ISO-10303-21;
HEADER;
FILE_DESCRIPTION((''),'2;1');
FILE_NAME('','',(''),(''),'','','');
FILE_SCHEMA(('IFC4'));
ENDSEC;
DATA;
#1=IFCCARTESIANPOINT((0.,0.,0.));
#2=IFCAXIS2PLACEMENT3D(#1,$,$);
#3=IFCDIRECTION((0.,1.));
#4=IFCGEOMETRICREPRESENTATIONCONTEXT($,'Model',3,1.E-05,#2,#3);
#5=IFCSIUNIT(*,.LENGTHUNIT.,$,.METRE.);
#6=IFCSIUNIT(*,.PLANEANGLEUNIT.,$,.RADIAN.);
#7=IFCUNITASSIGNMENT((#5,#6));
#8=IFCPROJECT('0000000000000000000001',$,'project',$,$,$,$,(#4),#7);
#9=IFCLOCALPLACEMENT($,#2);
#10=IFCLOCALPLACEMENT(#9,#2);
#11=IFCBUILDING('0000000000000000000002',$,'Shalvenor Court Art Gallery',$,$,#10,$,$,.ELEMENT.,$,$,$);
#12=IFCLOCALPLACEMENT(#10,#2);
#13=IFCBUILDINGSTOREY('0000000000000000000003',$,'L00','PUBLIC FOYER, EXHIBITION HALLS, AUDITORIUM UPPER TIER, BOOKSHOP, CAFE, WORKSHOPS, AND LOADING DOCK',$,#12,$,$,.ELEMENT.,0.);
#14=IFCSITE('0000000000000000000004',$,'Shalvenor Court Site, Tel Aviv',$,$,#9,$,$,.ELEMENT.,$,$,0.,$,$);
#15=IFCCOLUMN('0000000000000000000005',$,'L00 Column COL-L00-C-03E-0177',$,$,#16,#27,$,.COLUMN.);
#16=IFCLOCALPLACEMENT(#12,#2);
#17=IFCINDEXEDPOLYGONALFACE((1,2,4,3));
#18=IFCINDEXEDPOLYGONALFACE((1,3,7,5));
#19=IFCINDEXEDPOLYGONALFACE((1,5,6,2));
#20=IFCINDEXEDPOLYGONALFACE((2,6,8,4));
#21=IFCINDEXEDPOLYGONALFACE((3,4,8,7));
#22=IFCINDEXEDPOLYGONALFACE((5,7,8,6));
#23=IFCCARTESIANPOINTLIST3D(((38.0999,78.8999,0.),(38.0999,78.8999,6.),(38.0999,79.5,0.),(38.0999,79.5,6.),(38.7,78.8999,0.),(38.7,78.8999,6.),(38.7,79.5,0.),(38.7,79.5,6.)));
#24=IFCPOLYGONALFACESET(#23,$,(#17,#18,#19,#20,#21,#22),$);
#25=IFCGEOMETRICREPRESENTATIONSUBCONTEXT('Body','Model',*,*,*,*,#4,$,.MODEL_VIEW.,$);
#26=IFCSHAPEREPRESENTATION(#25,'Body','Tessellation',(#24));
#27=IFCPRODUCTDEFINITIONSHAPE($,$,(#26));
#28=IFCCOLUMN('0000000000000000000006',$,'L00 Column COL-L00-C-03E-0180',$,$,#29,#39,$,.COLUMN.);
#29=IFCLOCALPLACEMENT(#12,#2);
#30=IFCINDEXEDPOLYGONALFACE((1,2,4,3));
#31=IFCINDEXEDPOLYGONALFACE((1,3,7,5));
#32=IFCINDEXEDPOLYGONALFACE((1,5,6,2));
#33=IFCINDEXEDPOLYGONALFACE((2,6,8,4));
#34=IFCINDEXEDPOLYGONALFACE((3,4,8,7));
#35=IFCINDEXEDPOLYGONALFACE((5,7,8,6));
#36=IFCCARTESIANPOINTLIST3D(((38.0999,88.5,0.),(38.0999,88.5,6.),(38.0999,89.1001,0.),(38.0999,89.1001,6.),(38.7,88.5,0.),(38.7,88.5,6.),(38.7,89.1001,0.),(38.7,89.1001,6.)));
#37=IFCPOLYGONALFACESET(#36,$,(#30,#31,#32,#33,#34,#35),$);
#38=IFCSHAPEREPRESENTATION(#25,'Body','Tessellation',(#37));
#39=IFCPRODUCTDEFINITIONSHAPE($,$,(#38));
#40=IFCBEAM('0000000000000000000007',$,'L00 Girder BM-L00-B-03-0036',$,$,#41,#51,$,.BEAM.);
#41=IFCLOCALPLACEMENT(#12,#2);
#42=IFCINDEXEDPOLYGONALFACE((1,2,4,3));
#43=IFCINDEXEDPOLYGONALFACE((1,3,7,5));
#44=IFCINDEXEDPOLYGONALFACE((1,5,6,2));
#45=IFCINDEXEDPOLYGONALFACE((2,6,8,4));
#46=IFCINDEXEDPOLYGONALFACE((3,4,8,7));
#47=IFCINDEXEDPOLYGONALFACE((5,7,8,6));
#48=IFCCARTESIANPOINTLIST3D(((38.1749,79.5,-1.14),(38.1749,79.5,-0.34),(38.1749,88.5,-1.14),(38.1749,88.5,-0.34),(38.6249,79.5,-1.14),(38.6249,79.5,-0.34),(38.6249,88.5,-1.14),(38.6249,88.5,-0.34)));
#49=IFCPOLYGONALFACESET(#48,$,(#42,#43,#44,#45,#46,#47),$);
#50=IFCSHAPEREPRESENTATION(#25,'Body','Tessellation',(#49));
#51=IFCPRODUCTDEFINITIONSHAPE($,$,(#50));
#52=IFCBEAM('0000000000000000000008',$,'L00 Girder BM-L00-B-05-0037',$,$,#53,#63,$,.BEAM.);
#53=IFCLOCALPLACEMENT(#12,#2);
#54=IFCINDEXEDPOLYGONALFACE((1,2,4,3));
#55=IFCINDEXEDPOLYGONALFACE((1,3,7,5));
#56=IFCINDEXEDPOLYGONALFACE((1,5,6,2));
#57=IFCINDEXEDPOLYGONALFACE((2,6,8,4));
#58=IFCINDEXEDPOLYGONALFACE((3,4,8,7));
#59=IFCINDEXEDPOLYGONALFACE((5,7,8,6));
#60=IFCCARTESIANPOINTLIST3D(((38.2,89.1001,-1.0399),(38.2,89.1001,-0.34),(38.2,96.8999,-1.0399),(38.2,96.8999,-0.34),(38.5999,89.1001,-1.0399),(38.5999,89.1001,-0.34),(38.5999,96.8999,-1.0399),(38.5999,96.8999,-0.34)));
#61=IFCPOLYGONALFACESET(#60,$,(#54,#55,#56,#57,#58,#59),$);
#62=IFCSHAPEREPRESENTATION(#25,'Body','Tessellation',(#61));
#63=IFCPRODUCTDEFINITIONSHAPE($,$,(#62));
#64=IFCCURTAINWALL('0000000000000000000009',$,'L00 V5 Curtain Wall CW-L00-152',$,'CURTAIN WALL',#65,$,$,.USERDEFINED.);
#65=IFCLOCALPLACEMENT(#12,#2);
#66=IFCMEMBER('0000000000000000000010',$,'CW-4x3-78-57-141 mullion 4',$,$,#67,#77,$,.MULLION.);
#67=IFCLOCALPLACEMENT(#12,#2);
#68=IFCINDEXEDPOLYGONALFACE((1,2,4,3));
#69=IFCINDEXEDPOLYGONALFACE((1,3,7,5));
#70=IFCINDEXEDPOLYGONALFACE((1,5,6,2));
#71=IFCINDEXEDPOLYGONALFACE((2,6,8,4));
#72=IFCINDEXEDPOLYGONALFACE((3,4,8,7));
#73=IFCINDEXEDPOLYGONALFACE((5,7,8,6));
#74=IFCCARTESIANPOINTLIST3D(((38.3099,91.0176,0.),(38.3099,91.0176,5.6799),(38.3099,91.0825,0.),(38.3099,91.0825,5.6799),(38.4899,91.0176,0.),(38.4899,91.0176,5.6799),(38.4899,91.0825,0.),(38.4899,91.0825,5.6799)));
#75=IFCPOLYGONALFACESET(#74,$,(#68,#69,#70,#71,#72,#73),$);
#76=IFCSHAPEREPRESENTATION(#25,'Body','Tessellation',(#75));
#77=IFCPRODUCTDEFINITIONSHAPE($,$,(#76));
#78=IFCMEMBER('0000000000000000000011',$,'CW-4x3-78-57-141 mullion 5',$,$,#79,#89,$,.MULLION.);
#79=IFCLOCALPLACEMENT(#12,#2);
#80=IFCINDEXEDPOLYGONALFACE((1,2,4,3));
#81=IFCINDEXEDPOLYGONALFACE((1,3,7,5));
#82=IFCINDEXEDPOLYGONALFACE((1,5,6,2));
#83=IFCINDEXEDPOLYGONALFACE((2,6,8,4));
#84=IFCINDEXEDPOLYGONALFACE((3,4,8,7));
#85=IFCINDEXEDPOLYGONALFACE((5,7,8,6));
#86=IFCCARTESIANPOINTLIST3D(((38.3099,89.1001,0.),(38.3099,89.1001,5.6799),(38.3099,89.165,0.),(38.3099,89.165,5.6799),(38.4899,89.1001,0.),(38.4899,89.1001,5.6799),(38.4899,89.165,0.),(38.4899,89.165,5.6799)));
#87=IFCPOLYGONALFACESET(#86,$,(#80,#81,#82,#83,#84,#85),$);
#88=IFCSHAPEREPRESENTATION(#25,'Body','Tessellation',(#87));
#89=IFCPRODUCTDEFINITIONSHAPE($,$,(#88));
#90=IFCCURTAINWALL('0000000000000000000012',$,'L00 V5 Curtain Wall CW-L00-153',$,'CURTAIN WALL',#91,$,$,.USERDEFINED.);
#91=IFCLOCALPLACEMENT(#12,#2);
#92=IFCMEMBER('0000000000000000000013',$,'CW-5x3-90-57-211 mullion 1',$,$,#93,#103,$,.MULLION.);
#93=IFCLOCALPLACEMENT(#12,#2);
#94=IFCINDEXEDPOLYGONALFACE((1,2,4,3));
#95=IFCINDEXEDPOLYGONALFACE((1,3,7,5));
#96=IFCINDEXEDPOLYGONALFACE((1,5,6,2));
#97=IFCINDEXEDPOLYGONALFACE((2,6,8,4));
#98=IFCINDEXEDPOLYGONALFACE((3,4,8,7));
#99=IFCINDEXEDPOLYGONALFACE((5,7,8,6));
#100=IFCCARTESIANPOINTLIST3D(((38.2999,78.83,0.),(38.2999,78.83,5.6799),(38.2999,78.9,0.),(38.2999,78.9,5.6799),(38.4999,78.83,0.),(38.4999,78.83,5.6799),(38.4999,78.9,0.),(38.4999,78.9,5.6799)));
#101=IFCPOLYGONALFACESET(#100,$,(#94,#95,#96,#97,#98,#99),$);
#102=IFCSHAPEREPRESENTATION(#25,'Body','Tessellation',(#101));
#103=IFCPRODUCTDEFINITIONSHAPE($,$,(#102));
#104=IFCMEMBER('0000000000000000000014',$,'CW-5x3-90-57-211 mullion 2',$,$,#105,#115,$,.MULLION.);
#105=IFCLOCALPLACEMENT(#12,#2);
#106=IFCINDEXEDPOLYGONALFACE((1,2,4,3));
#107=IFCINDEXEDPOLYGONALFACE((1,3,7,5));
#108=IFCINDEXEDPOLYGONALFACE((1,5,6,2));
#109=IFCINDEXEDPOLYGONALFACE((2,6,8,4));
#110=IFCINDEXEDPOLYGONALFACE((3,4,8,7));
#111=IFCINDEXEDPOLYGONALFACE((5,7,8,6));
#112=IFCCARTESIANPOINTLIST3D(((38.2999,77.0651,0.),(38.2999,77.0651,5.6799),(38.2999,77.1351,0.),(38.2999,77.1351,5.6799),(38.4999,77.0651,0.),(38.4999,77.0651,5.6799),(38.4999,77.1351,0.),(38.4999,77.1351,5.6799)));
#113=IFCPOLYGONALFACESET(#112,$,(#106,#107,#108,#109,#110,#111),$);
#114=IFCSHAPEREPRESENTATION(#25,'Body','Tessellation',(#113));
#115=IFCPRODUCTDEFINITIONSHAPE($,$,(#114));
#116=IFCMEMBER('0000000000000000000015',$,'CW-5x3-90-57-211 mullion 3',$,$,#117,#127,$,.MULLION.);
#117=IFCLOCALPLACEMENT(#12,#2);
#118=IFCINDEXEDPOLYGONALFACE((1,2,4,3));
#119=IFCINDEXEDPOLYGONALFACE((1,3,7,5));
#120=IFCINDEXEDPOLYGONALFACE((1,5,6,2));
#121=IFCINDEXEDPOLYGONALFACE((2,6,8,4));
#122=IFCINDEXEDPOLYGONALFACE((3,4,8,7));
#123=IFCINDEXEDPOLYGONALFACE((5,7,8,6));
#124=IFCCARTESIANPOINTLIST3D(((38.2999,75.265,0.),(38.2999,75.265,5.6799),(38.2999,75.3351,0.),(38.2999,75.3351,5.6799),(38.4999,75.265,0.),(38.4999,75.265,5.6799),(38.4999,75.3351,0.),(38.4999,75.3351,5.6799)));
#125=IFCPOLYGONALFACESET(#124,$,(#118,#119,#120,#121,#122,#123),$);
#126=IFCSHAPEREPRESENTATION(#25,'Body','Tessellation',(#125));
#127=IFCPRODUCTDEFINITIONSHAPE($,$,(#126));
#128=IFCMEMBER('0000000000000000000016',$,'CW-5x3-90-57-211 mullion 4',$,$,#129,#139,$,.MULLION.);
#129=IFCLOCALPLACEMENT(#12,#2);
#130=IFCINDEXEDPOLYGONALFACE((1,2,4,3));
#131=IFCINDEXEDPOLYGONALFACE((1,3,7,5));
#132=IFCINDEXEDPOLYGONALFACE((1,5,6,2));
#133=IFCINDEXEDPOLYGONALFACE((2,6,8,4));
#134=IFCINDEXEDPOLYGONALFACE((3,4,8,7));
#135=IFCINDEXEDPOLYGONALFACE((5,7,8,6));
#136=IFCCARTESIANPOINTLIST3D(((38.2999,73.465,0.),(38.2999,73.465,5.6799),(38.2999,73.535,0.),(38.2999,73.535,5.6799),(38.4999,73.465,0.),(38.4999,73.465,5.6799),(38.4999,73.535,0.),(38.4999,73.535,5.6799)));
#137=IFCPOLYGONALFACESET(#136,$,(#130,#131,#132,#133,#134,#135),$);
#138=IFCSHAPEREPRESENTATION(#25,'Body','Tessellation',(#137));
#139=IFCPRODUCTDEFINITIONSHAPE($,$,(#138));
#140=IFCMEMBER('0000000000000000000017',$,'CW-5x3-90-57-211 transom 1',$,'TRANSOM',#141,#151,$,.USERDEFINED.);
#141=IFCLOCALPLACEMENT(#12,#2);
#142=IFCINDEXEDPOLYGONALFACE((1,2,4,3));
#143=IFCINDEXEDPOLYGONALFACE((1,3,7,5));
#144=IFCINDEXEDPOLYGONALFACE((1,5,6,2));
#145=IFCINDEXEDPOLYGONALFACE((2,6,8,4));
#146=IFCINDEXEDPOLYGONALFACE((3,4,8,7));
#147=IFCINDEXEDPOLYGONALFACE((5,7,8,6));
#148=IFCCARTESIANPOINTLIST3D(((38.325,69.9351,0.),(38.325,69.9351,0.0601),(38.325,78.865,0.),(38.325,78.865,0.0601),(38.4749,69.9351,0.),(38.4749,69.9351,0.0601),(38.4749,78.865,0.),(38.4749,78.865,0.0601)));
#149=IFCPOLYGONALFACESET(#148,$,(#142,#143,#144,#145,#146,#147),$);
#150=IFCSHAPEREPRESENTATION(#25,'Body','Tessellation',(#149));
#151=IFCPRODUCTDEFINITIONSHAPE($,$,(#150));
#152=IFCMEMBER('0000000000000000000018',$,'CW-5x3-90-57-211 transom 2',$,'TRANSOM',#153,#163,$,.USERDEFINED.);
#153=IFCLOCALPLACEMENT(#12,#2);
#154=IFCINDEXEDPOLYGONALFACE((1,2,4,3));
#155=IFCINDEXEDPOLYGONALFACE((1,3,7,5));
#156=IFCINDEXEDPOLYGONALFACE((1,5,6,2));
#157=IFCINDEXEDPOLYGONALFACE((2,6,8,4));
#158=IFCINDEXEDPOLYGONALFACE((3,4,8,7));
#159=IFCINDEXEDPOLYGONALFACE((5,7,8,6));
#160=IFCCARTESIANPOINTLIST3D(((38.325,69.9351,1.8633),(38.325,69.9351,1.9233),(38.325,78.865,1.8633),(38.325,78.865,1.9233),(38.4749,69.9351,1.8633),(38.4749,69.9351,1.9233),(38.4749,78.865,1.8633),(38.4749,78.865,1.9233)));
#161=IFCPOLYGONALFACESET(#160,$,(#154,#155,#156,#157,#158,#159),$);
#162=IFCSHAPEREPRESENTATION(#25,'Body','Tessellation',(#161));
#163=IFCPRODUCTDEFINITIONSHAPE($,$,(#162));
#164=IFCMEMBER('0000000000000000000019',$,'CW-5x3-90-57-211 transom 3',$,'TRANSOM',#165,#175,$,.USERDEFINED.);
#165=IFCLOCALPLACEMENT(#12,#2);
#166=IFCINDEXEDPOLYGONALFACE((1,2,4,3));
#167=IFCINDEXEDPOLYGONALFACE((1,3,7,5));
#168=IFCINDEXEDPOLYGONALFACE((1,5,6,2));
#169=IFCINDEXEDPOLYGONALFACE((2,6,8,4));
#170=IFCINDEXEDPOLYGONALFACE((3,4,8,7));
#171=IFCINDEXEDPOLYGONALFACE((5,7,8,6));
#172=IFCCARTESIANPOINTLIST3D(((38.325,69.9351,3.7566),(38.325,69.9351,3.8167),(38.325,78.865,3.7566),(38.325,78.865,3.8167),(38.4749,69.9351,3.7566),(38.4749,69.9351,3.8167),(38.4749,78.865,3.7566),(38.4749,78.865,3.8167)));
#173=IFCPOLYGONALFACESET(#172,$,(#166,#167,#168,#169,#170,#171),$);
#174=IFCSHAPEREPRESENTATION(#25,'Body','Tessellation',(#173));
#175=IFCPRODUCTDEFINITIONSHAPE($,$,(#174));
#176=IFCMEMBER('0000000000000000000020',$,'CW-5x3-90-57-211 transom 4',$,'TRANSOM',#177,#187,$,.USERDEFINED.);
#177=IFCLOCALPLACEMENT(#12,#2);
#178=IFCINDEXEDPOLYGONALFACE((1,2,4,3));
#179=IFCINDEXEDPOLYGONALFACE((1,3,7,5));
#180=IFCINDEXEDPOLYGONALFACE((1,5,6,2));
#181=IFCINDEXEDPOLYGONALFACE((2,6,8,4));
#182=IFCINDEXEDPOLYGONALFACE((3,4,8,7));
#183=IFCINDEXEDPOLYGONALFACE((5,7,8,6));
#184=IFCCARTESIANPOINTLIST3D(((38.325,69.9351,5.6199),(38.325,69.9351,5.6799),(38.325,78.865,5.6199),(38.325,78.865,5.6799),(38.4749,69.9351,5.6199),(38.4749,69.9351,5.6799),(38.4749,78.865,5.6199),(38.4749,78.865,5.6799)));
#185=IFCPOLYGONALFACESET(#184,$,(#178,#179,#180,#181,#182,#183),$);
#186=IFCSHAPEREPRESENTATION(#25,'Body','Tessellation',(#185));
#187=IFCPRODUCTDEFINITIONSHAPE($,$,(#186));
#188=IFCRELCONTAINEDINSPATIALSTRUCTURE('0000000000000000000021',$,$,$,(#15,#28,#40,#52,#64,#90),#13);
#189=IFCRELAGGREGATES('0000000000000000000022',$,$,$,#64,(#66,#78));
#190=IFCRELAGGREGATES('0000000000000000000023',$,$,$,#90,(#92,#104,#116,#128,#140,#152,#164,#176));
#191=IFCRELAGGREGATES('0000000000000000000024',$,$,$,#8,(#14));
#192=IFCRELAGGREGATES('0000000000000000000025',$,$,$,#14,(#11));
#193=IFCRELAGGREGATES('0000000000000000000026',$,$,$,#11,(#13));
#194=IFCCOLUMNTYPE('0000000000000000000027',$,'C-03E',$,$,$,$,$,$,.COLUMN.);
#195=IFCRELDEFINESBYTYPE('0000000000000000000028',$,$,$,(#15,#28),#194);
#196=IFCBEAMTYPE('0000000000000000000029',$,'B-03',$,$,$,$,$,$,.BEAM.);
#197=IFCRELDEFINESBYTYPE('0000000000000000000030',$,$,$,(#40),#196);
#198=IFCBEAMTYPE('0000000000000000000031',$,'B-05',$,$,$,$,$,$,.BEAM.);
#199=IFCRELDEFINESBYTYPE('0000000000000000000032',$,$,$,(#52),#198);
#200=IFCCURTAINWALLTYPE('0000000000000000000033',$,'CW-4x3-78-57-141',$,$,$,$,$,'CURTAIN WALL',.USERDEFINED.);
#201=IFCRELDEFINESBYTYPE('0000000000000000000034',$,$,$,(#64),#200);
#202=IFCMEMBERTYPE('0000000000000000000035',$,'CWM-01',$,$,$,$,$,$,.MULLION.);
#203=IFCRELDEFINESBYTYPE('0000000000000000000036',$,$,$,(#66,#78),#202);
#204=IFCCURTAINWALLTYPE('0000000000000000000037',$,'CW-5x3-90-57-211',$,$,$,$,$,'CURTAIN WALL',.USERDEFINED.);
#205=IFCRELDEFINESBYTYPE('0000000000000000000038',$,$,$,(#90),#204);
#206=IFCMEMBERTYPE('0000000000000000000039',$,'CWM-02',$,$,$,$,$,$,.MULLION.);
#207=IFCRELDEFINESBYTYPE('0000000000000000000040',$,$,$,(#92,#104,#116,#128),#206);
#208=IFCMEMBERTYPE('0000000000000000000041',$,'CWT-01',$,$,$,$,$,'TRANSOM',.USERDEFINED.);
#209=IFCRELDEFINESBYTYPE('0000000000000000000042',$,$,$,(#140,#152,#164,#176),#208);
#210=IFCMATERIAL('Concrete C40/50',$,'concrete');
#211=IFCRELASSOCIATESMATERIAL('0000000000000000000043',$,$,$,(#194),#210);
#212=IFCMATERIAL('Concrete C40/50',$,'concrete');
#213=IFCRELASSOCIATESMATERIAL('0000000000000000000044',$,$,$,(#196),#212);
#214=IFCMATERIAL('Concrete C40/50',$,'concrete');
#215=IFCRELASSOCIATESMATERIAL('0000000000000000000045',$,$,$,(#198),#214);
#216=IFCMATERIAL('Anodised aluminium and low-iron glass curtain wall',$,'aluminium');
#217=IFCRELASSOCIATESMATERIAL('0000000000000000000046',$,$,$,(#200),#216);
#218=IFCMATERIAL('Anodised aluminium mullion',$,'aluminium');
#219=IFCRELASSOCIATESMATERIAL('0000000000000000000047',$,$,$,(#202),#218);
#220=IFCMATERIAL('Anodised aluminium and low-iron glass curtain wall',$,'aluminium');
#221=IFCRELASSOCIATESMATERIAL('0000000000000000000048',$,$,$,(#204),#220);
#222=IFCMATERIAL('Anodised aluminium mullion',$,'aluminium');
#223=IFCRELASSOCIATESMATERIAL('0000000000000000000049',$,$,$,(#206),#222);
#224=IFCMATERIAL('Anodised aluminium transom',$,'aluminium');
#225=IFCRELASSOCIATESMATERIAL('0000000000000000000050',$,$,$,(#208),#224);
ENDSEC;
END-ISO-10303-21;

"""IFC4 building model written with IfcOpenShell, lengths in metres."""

from ifc_helpers import new_model, si_unit, direction, frame, origin, origin_2d, place, context, subcontext, project, spatial, rectangle, extrude, material, material_profile, profile_set, type_object, element, aggregate, save


model = new_model("IFC4")

# Units and contexts
model_context = context("Model", 3, precision=1e-05, world=origin(), true_north=direction((0.0, 1.0)))
body_context = subcontext(model_context, "Body", "Model", "MODEL_VIEW")
ifc_project = project(units=[si_unit("LENGTHUNIT", "METRE"), si_unit("PLANEANGLEUNIT", "RADIAN")], contexts=[model_context])

# Site, building, storey
site_placement = place(None, origin())
site = spatial("IfcSite", under=ifc_project, at=site_placement, Name="Shalvenor Court Site, Tel Aviv", CompositionType="ELEMENT", RefElevation=0.0)
building_placement = place(site_placement, origin())
building = spatial("IfcBuilding", under=site, at=building_placement, Name="Shalvenor Court Art Gallery", CompositionType="ELEMENT")
storey_placement = place(building_placement, origin())
storey = spatial("IfcBuildingStorey", under=building, at=storey_placement, Name="L00", Description="PUBLIC FOYER, EXHIBITION HALLS, AUDITORIUM UPPER TIER, BOOKSHOP, CAFE, WORKSHOPS, AND LOADING DOCK", CompositionType="ELEMENT", Elevation=0.0)

# Columns
ifc_material_1 = material(Name="Concrete C40/50", Category="concrete")
ifc_material_profile_1 = material_profile(ifc_material_1, rectangle(XDim=0.6001, YDim=0.6001, at=origin_2d()), Name="RC 600x600")
ifc_profile_set_1 = profile_set([ifc_material_profile_1], Name="Concrete C40/50")
column_type = type_object("IfcColumnType", Name="C-03E", PredefinedType="COLUMN", material=ifc_profile_set_1)
for number, where, z_axis, x_axis, name in (
    (1, (38.3999, 79.2, 0.0), (0.0, 0.0, 1.0), (1.0, 0.0, 0.0), "L00 Column COL-L00-C-03E-0177"),
    (2, (38.3999, 88.8, 0.0), (0.0, 0.0, 1.0), (1.0, 0.0, 0.0), "L00 Column COL-L00-C-03E-0180"),
):
    element("IfcColumn", number, at=place(storey_placement, frame(where, z_axis=z_axis, x_axis=x_axis)), inside=storey, type_object=column_type, Name=name, PredefinedType="COLUMN", context=body_context, shape_type="SweptSolid", body=[
        extrude(rectangle(XDim=0.6001, YDim=0.6001, at=origin_2d()), origin(), (0.0, 0.0, 1.0), 6.0),
    ])

# Beams
ifc_material_2 = material(Name="Concrete C40/50", Category="concrete")
ifc_material_profile_2 = material_profile(ifc_material_2, rectangle(XDim=0.45, YDim=0.8, at=origin_2d()), Name="RC 450x800")
ifc_profile_set_2 = profile_set([ifc_material_profile_2], Name="Concrete C40/50")
beam_type_1 = type_object("IfcBeamType", Name="B-03", PredefinedType="BEAM", material=ifc_profile_set_2)
beam_1_placement = place(storey_placement, frame((38.3999, 79.5, -0.74), z_axis=(0.0, 1.0, 0.0), x_axis=(-1.0, 0.0, 0.0)))
element("IfcBeam", 3, at=beam_1_placement, inside=storey, type_object=beam_type_1, Name="L00 Girder BM-L00-B-03-0036", PredefinedType="BEAM", context=body_context, shape_type="SweptSolid", body=[
    extrude(rectangle(XDim=0.45, YDim=0.8, at=origin_2d()), origin(), (0.0, 0.0, 1.0), 9.0),
])
ifc_material_3 = material(Name="Concrete C40/50", Category="concrete")
ifc_material_profile_3 = material_profile(ifc_material_3, rectangle(XDim=0.3999, YDim=0.7, at=origin_2d()), Name="RC 400x700")
ifc_profile_set_3 = profile_set([ifc_material_profile_3], Name="Concrete C40/50")
beam_type_2 = type_object("IfcBeamType", Name="B-05", PredefinedType="BEAM", material=ifc_profile_set_3)
beam_2_placement = place(storey_placement, frame((38.3999, 89.1001, -0.6899), z_axis=(0.0, 1.0, 0.0), x_axis=(-1.0, 0.0, 0.0)))
element("IfcBeam", 4, at=beam_2_placement, inside=storey, type_object=beam_type_2, Name="L00 Girder BM-L00-B-05-0037", PredefinedType="BEAM", context=body_context, shape_type="SweptSolid", body=[
    extrude(rectangle(XDim=0.3999, YDim=0.7, at=origin_2d()), origin(), (0.0, 0.0, 1.0), 7.7998),
])

# Curtain walls, members
ifc_material_4 = material(Name="Anodised aluminium and low-iron glass curtain wall", Category="aluminium")
curtain_wall_type_1 = type_object("IfcCurtainWallType", Name="CW-4x3-78-57-141", ElementType="CURTAIN WALL", PredefinedType="USERDEFINED", material=ifc_material_4)
curtain_wall_1_placement = place(storey_placement, origin())
curtain_wall_1 = element("IfcCurtainWall", 5, at=curtain_wall_1_placement, inside=storey, type_object=curtain_wall_type_1, Name="L00 V5 Curtain Wall CW-L00-152", ObjectType="CURTAIN WALL", PredefinedType="USERDEFINED")
ifc_material_5 = material(Name="Anodised aluminium mullion", Category="aluminium")
ifc_material_profile_4 = material_profile(ifc_material_5, rectangle(XDim=0.0649, YDim=0.1799, at=origin_2d()), Name="CWM-01")
ifc_profile_set_4 = profile_set([ifc_material_profile_4], Name="Anodised aluminium mullion")
member_type_1 = type_object("IfcMemberType", Name="CWM-01", PredefinedType="MULLION", material=ifc_profile_set_4)
member_1_placement = place(storey_placement, frame((38.3999, 91.05, 0.0), z_axis=(0.0, 0.0, 1.0), x_axis=(0.0, -1.0, 0.0)))
member_1 = element("IfcMember", 6, at=member_1_placement, type_object=member_type_1, Name="CW-4x3-78-57-141 mullion 4", PredefinedType="MULLION", context=body_context, shape_type="SweptSolid", body=[
    extrude(rectangle(XDim=0.0649, YDim=0.1799, at=origin_2d()), origin(), (0.0, 0.0, 1.0), 5.6799),
])
member_2_placement = place(storey_placement, frame((38.3999, 89.1326, 0.0), z_axis=(0.0, 0.0, 1.0), x_axis=(0.0, -1.0, 0.0)))
member_2 = element("IfcMember", 7, at=member_2_placement, type_object=member_type_1, Name="CW-4x3-78-57-141 mullion 5", PredefinedType="MULLION", context=body_context, shape_type="SweptSolid", body=[
    extrude(rectangle(XDim=0.0649, YDim=0.1799, at=origin_2d()), origin(), (0.0, 0.0, 1.0), 5.6799),
])
ifc_material_6 = material(Name="Anodised aluminium and low-iron glass curtain wall", Category="aluminium")
curtain_wall_type_2 = type_object("IfcCurtainWallType", Name="CW-5x3-90-57-211", ElementType="CURTAIN WALL", PredefinedType="USERDEFINED", material=ifc_material_6)
curtain_wall_2_placement = place(storey_placement, origin())
curtain_wall_2 = element("IfcCurtainWall", 8, at=curtain_wall_2_placement, inside=storey, type_object=curtain_wall_type_2, Name="L00 V5 Curtain Wall CW-L00-153", ObjectType="CURTAIN WALL", PredefinedType="USERDEFINED")
ifc_material_7 = material(Name="Anodised aluminium mullion", Category="aluminium")
ifc_material_profile_5 = material_profile(ifc_material_7, rectangle(XDim=0.0701, YDim=0.2, at=origin_2d()), Name="CWM-02")
ifc_profile_set_5 = profile_set([ifc_material_profile_5], Name="Anodised aluminium mullion")
member_type_2 = type_object("IfcMemberType", Name="CWM-02", PredefinedType="MULLION", material=ifc_profile_set_5)
member_3_placement = place(storey_placement, frame((38.3999, 78.865, 0.0), z_axis=(0.0, 0.0, 1.0), x_axis=(0.0, -1.0, 0.0)))
member_3 = element("IfcMember", 9, at=member_3_placement, type_object=member_type_2, Name="CW-5x3-90-57-211 mullion 1", PredefinedType="MULLION", context=body_context, shape_type="SweptSolid", body=[
    extrude(rectangle(XDim=0.0701, YDim=0.2, at=origin_2d()), origin(), (0.0, 0.0, 1.0), 5.6799),
])
member_4_placement = place(storey_placement, frame((38.3999, 77.1001, 0.0), z_axis=(0.0, 0.0, 1.0), x_axis=(0.0, -1.0, 0.0)))
member_4 = element("IfcMember", 10, at=member_4_placement, type_object=member_type_2, Name="CW-5x3-90-57-211 mullion 2", PredefinedType="MULLION", context=body_context, shape_type="SweptSolid", body=[
    extrude(rectangle(XDim=0.0701, YDim=0.2, at=origin_2d()), origin(), (0.0, 0.0, 1.0), 5.6799),
])
member_5_placement = place(storey_placement, frame((38.3999, 75.3, 0.0), z_axis=(0.0, 0.0, 1.0), x_axis=(0.0, -1.0, 0.0)))
member_5 = element("IfcMember", 11, at=member_5_placement, type_object=member_type_2, Name="CW-5x3-90-57-211 mullion 3", PredefinedType="MULLION", context=body_context, shape_type="SweptSolid", body=[
    extrude(rectangle(XDim=0.0701, YDim=0.2, at=origin_2d()), origin(), (0.0, 0.0, 1.0), 5.6799),
])
member_6_placement = place(storey_placement, frame((38.3999, 73.5, 0.0), z_axis=(0.0, 0.0, 1.0), x_axis=(0.0, -1.0, 0.0)))
member_6 = element("IfcMember", 12, at=member_6_placement, type_object=member_type_2, Name="CW-5x3-90-57-211 mullion 4", PredefinedType="MULLION", context=body_context, shape_type="SweptSolid", body=[
    extrude(rectangle(XDim=0.0701, YDim=0.2, at=origin_2d()), origin(), (0.0, 0.0, 1.0), 5.6799),
])
ifc_material_8 = material(Name="Anodised aluminium transom", Category="aluminium")
ifc_material_profile_6 = material_profile(ifc_material_8, rectangle(XDim=0.1499, YDim=0.0601, at=origin_2d()), Name="CWT-01")
ifc_profile_set_6 = profile_set([ifc_material_profile_6], Name="Anodised aluminium transom")
member_type_3 = type_object("IfcMemberType", Name="CWT-01", ElementType="TRANSOM", PredefinedType="USERDEFINED", material=ifc_profile_set_6)
member_7_placement = place(storey_placement, frame((38.3999, 78.865, 0.03), z_axis=(0.0, -1.0, 0.0), x_axis=(1.0, 0.0, 0.0)))
member_7 = element("IfcMember", 13, at=member_7_placement, type_object=member_type_3, Name="CW-5x3-90-57-211 transom 1", ObjectType="TRANSOM", PredefinedType="USERDEFINED", context=body_context, shape_type="SweptSolid", body=[
    extrude(rectangle(XDim=0.1499, YDim=0.0601, at=origin_2d()), origin(), (0.0, 0.0, 1.0), 8.9299),
])
member_8_placement = place(storey_placement, frame((38.3999, 78.865, 1.8933), z_axis=(0.0, -1.0, 0.0), x_axis=(1.0, 0.0, 0.0)))
member_8 = element("IfcMember", 14, at=member_8_placement, type_object=member_type_3, Name="CW-5x3-90-57-211 transom 2", ObjectType="TRANSOM", PredefinedType="USERDEFINED", context=body_context, shape_type="SweptSolid", body=[
    extrude(rectangle(XDim=0.1499, YDim=0.0601, at=origin_2d()), origin(), (0.0, 0.0, 1.0), 8.9299),
])
member_9_placement = place(storey_placement, frame((38.3999, 78.865, 3.7866), z_axis=(0.0, -1.0, 0.0), x_axis=(1.0, 0.0, 0.0)))
member_9 = element("IfcMember", 15, at=member_9_placement, type_object=member_type_3, Name="CW-5x3-90-57-211 transom 3", ObjectType="TRANSOM", PredefinedType="USERDEFINED", context=body_context, shape_type="SweptSolid", body=[
    extrude(rectangle(XDim=0.1499, YDim=0.0601, at=origin_2d()), origin(), (0.0, 0.0, 1.0), 8.9299),
])
member_10_placement = place(storey_placement, frame((38.3999, 78.865, 5.6499), z_axis=(0.0, -1.0, 0.0), x_axis=(1.0, 0.0, 0.0)))
member_10 = element("IfcMember", 16, at=member_10_placement, type_object=member_type_3, Name="CW-5x3-90-57-211 transom 4", ObjectType="TRANSOM", PredefinedType="USERDEFINED", context=body_context, shape_type="SweptSolid", body=[
    extrude(rectangle(XDim=0.1499, YDim=0.0601, at=origin_2d()), origin(), (0.0, 0.0, 1.0), 8.9299),
])

aggregate(curtain_wall_1, [member_1, member_2])
aggregate(curtain_wall_2, [member_3, member_4, member_5, member_6, member_7, member_8, member_9, member_10])

save(model, "model.ifc")
